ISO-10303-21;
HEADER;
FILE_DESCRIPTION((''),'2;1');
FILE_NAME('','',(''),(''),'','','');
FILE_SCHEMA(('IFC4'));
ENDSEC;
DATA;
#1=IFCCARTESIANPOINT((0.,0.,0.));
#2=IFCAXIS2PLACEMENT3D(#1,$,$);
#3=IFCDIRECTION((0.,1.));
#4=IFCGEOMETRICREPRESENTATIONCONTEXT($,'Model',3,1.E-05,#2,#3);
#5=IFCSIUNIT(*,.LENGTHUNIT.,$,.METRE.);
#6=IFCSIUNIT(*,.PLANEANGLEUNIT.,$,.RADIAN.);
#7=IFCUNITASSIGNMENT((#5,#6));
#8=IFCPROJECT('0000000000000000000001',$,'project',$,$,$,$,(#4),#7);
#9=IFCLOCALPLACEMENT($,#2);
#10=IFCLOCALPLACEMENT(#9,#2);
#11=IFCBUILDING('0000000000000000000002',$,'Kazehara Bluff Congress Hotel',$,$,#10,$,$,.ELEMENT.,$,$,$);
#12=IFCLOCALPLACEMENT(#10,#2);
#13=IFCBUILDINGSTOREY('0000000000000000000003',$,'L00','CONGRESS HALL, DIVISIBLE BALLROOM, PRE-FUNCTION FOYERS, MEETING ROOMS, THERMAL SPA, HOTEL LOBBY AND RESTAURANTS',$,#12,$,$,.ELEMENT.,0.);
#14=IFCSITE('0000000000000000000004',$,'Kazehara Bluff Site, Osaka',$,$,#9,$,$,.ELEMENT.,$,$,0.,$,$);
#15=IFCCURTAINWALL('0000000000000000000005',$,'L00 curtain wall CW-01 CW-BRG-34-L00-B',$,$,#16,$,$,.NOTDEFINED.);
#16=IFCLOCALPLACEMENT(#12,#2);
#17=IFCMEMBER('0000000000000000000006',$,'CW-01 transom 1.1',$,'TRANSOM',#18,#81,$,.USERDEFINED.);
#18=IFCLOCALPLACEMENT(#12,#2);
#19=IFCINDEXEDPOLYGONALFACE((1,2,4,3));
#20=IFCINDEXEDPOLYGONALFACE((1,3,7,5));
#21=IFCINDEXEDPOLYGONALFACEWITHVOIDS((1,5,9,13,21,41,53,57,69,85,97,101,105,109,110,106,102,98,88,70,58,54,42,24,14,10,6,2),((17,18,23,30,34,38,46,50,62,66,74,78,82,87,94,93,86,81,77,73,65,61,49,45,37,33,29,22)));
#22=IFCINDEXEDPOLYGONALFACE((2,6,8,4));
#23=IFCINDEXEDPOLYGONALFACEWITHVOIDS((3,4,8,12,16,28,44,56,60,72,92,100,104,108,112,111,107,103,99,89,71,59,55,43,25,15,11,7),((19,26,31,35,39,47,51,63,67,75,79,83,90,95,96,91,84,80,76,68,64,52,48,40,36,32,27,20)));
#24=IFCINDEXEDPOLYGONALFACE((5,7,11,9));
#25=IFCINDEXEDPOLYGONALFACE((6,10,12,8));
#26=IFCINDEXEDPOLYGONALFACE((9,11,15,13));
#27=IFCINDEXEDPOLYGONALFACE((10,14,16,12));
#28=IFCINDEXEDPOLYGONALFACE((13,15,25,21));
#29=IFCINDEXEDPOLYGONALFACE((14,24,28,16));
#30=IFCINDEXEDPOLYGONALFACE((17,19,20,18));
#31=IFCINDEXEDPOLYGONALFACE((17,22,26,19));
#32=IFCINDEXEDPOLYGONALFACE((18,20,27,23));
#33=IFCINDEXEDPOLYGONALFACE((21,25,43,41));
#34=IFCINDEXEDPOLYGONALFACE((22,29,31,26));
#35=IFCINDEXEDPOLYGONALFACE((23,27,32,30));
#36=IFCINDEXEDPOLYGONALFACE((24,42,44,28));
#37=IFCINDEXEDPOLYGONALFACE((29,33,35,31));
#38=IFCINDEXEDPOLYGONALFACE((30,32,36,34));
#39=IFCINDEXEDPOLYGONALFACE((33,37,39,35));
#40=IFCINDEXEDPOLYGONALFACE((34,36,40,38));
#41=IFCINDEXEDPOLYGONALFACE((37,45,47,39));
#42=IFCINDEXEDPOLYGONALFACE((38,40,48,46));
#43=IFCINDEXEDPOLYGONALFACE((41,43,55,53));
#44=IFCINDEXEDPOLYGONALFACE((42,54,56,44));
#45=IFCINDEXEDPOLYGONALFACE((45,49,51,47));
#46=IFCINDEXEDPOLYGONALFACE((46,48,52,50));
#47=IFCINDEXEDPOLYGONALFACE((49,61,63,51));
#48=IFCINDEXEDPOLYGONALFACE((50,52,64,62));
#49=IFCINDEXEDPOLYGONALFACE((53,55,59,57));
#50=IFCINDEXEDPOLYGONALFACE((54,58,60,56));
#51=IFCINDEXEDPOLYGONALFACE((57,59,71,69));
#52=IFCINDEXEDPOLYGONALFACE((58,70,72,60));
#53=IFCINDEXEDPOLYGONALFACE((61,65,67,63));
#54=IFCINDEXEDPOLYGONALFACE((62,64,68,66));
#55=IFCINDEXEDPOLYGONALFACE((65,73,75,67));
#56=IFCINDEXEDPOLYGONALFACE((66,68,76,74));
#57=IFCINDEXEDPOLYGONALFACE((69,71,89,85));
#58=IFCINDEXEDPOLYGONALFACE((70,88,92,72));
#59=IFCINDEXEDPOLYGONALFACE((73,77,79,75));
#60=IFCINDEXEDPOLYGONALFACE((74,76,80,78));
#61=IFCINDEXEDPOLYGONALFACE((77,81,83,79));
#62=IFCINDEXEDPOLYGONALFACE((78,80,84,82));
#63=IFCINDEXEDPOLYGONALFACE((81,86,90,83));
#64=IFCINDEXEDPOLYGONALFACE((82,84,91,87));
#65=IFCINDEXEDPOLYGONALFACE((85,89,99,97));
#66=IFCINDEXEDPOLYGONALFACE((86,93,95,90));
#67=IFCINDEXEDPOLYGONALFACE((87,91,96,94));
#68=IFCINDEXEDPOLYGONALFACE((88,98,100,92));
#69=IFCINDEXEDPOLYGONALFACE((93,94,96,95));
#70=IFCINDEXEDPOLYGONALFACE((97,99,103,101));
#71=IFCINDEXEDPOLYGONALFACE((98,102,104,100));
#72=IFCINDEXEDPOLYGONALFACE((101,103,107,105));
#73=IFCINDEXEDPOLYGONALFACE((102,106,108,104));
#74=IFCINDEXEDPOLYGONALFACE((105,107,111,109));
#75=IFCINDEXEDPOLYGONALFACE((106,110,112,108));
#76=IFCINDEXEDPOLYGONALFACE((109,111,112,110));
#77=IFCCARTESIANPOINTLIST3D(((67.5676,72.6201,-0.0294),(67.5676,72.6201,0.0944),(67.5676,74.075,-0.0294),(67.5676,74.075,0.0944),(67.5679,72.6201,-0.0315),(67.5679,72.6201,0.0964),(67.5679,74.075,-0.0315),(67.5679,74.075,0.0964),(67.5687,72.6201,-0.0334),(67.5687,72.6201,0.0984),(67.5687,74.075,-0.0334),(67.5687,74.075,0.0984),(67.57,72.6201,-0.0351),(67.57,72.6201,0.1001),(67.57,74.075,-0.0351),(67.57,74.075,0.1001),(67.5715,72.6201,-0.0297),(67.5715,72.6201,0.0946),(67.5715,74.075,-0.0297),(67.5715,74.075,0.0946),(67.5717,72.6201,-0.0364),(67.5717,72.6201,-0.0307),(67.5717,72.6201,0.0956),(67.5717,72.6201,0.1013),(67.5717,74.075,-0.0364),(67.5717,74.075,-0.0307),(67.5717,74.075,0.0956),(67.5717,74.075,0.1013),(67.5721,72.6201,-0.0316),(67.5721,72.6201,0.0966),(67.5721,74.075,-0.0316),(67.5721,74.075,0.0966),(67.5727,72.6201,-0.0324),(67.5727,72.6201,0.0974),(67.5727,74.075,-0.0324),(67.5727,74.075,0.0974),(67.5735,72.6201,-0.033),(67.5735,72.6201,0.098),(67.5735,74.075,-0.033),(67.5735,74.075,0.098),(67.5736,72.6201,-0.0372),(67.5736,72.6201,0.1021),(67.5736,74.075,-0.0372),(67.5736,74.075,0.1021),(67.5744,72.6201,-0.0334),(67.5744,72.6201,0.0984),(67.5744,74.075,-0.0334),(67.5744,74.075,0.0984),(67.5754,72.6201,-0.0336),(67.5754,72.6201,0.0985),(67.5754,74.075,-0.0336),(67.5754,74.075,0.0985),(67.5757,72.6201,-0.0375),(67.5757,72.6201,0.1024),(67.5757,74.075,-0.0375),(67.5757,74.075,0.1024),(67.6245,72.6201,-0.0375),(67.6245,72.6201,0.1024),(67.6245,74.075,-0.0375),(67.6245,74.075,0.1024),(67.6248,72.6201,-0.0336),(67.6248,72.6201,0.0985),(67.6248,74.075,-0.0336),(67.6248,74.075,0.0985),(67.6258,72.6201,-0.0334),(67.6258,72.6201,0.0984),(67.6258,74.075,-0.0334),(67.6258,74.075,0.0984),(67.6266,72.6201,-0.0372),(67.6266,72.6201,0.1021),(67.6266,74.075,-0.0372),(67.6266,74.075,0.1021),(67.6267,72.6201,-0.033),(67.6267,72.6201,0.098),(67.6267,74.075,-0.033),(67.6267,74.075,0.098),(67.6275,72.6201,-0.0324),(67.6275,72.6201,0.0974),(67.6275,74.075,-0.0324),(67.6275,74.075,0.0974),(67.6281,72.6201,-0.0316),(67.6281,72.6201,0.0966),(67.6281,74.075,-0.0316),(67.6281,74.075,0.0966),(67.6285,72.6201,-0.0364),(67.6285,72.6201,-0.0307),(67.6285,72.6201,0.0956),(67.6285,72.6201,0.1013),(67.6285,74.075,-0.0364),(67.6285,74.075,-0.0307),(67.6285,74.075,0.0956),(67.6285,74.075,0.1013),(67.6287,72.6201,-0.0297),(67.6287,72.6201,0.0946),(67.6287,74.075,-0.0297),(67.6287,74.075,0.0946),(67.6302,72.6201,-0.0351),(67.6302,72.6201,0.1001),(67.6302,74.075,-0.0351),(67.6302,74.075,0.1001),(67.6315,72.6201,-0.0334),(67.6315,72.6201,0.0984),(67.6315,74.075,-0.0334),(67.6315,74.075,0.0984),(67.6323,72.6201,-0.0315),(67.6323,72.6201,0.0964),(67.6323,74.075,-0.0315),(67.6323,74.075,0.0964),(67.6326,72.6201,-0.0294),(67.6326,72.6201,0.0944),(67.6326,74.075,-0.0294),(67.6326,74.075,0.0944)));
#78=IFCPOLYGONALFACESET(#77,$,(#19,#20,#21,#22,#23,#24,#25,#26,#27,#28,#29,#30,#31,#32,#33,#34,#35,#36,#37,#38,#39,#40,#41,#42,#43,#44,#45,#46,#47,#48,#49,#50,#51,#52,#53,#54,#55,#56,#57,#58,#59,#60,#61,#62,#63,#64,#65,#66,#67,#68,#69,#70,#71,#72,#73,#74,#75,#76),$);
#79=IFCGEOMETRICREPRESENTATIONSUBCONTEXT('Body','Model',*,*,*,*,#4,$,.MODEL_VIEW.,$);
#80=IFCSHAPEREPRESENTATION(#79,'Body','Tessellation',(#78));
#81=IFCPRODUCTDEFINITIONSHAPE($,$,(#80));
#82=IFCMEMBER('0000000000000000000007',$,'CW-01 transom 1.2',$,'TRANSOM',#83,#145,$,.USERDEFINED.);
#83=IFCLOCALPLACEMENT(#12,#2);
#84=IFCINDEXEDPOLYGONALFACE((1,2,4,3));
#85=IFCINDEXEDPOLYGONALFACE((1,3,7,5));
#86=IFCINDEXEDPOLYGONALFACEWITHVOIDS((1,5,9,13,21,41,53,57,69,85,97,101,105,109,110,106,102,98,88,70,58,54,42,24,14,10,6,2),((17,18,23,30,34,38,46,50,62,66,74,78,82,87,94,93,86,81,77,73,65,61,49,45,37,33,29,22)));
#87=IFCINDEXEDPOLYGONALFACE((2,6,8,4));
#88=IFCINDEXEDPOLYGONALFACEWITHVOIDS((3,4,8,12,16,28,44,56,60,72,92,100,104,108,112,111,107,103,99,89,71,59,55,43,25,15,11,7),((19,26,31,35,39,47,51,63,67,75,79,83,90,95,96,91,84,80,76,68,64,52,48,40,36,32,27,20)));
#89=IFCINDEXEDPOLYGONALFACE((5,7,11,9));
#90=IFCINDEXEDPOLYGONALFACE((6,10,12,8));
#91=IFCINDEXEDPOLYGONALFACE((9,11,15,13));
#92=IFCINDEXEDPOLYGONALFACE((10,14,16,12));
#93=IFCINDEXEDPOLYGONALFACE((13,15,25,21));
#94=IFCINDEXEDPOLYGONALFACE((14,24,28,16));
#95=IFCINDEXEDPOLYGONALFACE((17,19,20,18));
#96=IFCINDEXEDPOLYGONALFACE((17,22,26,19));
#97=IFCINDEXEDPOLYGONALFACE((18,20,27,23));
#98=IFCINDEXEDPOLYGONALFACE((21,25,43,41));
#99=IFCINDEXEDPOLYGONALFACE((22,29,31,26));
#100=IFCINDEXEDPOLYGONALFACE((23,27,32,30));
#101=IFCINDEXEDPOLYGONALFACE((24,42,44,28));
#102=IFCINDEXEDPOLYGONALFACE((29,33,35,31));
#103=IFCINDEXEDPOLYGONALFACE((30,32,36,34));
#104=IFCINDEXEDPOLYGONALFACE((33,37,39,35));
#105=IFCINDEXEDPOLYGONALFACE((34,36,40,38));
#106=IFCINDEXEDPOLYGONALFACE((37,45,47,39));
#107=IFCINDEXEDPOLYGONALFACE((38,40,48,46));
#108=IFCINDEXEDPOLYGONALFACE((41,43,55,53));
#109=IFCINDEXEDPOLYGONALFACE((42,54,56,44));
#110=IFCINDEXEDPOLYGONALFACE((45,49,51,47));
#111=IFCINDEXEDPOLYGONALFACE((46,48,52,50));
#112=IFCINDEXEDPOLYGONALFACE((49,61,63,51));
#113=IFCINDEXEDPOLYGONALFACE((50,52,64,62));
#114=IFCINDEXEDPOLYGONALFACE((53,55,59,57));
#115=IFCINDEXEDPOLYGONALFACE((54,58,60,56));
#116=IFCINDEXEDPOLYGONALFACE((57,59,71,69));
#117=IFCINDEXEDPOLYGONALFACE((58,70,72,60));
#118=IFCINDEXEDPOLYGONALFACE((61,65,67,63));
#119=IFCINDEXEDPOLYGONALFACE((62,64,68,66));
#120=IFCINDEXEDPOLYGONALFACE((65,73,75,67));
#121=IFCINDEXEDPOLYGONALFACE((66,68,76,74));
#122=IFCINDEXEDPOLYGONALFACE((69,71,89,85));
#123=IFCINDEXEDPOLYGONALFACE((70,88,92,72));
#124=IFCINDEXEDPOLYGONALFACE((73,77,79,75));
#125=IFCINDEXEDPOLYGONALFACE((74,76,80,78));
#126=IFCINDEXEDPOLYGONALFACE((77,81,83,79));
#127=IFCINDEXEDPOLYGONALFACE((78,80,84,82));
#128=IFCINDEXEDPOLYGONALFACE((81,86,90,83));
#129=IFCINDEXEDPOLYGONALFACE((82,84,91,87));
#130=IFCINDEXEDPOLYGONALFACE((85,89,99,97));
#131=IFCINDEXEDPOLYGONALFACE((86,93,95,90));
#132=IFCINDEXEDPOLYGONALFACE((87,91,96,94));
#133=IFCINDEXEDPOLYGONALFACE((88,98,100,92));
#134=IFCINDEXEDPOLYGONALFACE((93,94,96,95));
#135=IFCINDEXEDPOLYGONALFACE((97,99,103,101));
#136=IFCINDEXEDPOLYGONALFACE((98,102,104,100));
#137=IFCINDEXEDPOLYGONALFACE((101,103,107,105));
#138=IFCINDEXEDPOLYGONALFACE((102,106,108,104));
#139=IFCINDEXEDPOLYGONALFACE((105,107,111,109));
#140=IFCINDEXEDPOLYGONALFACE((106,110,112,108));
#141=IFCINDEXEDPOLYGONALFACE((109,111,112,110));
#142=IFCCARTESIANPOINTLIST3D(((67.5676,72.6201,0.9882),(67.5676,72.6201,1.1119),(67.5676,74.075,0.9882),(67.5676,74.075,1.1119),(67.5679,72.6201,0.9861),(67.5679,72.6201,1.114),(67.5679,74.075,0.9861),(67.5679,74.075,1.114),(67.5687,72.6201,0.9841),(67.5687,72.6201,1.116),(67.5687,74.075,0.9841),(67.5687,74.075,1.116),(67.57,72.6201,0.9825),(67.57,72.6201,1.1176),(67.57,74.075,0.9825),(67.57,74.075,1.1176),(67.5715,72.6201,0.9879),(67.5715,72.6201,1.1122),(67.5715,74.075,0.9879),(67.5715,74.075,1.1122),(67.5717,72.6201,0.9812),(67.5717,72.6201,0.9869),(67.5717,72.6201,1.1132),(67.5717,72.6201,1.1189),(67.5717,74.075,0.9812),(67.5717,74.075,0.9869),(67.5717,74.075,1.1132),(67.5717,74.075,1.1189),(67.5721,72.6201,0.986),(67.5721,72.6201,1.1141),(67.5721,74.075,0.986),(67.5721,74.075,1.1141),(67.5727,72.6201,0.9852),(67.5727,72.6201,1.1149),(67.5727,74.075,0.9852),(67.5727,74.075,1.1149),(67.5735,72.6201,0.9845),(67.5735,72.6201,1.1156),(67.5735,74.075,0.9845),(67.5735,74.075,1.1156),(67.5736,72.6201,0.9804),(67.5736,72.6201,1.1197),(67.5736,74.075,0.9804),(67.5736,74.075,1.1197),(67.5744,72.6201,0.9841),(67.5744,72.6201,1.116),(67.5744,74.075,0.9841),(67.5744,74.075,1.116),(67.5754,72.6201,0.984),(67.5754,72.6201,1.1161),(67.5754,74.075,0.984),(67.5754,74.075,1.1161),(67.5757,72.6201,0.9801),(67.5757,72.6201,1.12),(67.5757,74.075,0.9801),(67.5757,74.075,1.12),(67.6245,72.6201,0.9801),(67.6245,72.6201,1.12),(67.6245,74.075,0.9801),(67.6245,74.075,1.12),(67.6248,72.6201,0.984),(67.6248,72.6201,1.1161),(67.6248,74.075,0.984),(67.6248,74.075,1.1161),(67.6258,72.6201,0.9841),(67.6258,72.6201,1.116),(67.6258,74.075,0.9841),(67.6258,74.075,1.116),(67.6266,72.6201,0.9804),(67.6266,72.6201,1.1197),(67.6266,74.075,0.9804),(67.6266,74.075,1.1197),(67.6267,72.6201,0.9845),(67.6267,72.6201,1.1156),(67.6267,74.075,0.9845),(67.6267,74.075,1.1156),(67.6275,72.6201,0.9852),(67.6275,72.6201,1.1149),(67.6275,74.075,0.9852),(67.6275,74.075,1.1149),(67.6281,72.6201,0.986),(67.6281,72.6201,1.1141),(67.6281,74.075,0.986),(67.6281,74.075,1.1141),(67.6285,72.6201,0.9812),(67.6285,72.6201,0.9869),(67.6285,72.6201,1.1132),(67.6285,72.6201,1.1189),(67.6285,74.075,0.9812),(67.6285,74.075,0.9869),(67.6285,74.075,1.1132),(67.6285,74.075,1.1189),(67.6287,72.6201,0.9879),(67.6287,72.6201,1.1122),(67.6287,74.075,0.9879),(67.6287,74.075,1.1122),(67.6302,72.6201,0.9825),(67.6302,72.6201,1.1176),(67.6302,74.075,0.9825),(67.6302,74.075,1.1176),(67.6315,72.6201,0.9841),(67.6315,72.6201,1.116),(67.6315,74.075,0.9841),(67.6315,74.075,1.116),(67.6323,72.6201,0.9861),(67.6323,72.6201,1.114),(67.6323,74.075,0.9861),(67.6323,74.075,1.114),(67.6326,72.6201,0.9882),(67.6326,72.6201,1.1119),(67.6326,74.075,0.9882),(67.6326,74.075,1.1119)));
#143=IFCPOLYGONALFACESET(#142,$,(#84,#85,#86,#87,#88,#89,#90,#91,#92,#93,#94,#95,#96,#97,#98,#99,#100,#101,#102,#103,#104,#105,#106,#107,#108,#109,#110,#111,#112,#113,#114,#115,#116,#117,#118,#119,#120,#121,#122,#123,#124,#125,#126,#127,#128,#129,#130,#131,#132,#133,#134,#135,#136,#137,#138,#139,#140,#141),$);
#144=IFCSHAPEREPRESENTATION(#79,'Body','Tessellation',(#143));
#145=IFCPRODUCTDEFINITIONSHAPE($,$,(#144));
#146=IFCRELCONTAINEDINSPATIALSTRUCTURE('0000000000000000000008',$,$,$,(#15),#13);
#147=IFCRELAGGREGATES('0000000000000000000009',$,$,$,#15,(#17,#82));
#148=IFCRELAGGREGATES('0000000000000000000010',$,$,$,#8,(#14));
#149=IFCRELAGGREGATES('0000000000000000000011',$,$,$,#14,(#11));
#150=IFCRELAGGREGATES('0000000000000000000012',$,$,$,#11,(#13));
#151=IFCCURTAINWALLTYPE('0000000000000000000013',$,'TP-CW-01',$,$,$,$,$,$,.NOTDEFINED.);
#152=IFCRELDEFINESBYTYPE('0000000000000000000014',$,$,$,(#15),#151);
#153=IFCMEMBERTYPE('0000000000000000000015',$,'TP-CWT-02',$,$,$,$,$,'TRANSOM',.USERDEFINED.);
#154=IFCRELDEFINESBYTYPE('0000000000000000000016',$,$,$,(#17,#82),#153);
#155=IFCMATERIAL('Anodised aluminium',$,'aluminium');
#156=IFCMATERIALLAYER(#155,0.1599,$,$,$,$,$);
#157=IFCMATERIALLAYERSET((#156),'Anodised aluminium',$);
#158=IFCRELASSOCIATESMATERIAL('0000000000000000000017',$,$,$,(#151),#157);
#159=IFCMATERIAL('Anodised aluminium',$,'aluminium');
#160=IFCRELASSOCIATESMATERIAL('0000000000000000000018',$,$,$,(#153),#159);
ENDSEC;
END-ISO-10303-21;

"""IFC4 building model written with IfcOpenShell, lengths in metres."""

from ifc_helpers import new_model, si_unit, direction, frame, origin, origin_2d, place, context, subcontext, project, spatial, hollow_rectangle, extrude, material, layer, layer_set, material_profile, profile_set, type_object, element, aggregate, save


model = new_model("IFC4")

# Units and contexts
model_context = context("Model", 3, precision=1e-05, world=origin(), true_north=direction((0.0, 1.0)))
body_context = subcontext(model_context, "Body", "Model", "MODEL_VIEW")
ifc_project = project(units=[si_unit("LENGTHUNIT", "METRE"), si_unit("PLANEANGLEUNIT", "RADIAN")], contexts=[model_context])

# Site, building, storey
site_placement = place(None, origin())
site = spatial("IfcSite", under=ifc_project, at=site_placement, Name="Kazehara Bluff Site, Osaka", CompositionType="ELEMENT", RefElevation=0.0)
building_placement = place(site_placement, origin())
building = spatial("IfcBuilding", under=site, at=building_placement, Name="Kazehara Bluff Congress Hotel", CompositionType="ELEMENT")
storey_placement = place(building_placement, origin())
storey = spatial("IfcBuildingStorey", under=building, at=storey_placement, Name="L00", Description="CONGRESS HALL, DIVISIBLE BALLROOM, PRE-FUNCTION FOYERS, MEETING ROOMS, THERMAL SPA, HOTEL LOBBY AND RESTAURANTS", CompositionType="ELEMENT", Elevation=0.0)

# Curtain wall
ifc_material_1 = material(Name="Anodised aluminium", Category="aluminium")
ifc_layer_1 = layer(ifc_material_1, 0.1599)
ifc_layer_set_1 = layer_set([ifc_layer_1], Name="Anodised aluminium")
curtain_wall_type = type_object("IfcCurtainWallType", Name="TP-CW-01", PredefinedType="NOTDEFINED", material=ifc_layer_set_1)
curtain_wall_1_placement = place(storey_placement, origin())
curtain_wall_1 = element("IfcCurtainWall", 1, at=curtain_wall_1_placement, inside=storey, type_object=curtain_wall_type, Name="L00 curtain wall CW-01 CW-BRG-34-L00-B", PredefinedType="NOTDEFINED")

# Members
ifc_material_2 = material(Name="Anodised aluminium", Category="aluminium")
ifc_material_profile_1 = material_profile(ifc_material_2, hollow_rectangle(XDim=0.0649, YDim=0.1399, WallThickness=0.0039, InnerFilletRadius=0.0039, OuterFilletRadius=0.0081, at=origin_2d()))
ifc_profile_set_1 = profile_set([ifc_material_profile_1], Name="Anodised aluminium")
member_type_1 = type_object("IfcMemberType", Name="TP-CWT-02", ElementType="TRANSOM", PredefinedType="USERDEFINED", material=ifc_profile_set_1)
member_1_placement = place(storey_placement, frame((67.6001, 72.6201, 0.0325), z_axis=(0.0, 1.0, 0.0), x_axis=(-1.0, 0.0, 0.0)))
member_1 = element("IfcMember", 2, at=member_1_placement, type_object=member_type_1, Name="CW-01 transom 1.1", ObjectType="TRANSOM", PredefinedType="USERDEFINED", context=body_context, shape_type="SweptSolid", body=[
    extrude(hollow_rectangle(XDim=0.0649, YDim=0.1399, WallThickness=0.0039, InnerFilletRadius=0.0039, OuterFilletRadius=0.0081, at=origin_2d()), origin(), (0.0, 0.0, 1.0), 1.4548),
])
member_2_placement = place(storey_placement, frame((67.6001, 72.6201, 1.05), z_axis=(0.0, 1.0, 0.0), x_axis=(-1.0, 0.0, 0.0)))
member_2 = element("IfcMember", 3, at=member_2_placement, type_object=member_type_1, Name="CW-01 transom 1.2", ObjectType="TRANSOM", PredefinedType="USERDEFINED", context=body_context, shape_type="SweptSolid", body=[
    extrude(hollow_rectangle(XDim=0.0649, YDim=0.1399, WallThickness=0.0039, InnerFilletRadius=0.0039, OuterFilletRadius=0.0081, at=origin_2d()), origin(), (0.0, 0.0, 1.0), 1.4548),
])

aggregate(curtain_wall_1, [member_1, member_2])

save(model, "model.ifc")
